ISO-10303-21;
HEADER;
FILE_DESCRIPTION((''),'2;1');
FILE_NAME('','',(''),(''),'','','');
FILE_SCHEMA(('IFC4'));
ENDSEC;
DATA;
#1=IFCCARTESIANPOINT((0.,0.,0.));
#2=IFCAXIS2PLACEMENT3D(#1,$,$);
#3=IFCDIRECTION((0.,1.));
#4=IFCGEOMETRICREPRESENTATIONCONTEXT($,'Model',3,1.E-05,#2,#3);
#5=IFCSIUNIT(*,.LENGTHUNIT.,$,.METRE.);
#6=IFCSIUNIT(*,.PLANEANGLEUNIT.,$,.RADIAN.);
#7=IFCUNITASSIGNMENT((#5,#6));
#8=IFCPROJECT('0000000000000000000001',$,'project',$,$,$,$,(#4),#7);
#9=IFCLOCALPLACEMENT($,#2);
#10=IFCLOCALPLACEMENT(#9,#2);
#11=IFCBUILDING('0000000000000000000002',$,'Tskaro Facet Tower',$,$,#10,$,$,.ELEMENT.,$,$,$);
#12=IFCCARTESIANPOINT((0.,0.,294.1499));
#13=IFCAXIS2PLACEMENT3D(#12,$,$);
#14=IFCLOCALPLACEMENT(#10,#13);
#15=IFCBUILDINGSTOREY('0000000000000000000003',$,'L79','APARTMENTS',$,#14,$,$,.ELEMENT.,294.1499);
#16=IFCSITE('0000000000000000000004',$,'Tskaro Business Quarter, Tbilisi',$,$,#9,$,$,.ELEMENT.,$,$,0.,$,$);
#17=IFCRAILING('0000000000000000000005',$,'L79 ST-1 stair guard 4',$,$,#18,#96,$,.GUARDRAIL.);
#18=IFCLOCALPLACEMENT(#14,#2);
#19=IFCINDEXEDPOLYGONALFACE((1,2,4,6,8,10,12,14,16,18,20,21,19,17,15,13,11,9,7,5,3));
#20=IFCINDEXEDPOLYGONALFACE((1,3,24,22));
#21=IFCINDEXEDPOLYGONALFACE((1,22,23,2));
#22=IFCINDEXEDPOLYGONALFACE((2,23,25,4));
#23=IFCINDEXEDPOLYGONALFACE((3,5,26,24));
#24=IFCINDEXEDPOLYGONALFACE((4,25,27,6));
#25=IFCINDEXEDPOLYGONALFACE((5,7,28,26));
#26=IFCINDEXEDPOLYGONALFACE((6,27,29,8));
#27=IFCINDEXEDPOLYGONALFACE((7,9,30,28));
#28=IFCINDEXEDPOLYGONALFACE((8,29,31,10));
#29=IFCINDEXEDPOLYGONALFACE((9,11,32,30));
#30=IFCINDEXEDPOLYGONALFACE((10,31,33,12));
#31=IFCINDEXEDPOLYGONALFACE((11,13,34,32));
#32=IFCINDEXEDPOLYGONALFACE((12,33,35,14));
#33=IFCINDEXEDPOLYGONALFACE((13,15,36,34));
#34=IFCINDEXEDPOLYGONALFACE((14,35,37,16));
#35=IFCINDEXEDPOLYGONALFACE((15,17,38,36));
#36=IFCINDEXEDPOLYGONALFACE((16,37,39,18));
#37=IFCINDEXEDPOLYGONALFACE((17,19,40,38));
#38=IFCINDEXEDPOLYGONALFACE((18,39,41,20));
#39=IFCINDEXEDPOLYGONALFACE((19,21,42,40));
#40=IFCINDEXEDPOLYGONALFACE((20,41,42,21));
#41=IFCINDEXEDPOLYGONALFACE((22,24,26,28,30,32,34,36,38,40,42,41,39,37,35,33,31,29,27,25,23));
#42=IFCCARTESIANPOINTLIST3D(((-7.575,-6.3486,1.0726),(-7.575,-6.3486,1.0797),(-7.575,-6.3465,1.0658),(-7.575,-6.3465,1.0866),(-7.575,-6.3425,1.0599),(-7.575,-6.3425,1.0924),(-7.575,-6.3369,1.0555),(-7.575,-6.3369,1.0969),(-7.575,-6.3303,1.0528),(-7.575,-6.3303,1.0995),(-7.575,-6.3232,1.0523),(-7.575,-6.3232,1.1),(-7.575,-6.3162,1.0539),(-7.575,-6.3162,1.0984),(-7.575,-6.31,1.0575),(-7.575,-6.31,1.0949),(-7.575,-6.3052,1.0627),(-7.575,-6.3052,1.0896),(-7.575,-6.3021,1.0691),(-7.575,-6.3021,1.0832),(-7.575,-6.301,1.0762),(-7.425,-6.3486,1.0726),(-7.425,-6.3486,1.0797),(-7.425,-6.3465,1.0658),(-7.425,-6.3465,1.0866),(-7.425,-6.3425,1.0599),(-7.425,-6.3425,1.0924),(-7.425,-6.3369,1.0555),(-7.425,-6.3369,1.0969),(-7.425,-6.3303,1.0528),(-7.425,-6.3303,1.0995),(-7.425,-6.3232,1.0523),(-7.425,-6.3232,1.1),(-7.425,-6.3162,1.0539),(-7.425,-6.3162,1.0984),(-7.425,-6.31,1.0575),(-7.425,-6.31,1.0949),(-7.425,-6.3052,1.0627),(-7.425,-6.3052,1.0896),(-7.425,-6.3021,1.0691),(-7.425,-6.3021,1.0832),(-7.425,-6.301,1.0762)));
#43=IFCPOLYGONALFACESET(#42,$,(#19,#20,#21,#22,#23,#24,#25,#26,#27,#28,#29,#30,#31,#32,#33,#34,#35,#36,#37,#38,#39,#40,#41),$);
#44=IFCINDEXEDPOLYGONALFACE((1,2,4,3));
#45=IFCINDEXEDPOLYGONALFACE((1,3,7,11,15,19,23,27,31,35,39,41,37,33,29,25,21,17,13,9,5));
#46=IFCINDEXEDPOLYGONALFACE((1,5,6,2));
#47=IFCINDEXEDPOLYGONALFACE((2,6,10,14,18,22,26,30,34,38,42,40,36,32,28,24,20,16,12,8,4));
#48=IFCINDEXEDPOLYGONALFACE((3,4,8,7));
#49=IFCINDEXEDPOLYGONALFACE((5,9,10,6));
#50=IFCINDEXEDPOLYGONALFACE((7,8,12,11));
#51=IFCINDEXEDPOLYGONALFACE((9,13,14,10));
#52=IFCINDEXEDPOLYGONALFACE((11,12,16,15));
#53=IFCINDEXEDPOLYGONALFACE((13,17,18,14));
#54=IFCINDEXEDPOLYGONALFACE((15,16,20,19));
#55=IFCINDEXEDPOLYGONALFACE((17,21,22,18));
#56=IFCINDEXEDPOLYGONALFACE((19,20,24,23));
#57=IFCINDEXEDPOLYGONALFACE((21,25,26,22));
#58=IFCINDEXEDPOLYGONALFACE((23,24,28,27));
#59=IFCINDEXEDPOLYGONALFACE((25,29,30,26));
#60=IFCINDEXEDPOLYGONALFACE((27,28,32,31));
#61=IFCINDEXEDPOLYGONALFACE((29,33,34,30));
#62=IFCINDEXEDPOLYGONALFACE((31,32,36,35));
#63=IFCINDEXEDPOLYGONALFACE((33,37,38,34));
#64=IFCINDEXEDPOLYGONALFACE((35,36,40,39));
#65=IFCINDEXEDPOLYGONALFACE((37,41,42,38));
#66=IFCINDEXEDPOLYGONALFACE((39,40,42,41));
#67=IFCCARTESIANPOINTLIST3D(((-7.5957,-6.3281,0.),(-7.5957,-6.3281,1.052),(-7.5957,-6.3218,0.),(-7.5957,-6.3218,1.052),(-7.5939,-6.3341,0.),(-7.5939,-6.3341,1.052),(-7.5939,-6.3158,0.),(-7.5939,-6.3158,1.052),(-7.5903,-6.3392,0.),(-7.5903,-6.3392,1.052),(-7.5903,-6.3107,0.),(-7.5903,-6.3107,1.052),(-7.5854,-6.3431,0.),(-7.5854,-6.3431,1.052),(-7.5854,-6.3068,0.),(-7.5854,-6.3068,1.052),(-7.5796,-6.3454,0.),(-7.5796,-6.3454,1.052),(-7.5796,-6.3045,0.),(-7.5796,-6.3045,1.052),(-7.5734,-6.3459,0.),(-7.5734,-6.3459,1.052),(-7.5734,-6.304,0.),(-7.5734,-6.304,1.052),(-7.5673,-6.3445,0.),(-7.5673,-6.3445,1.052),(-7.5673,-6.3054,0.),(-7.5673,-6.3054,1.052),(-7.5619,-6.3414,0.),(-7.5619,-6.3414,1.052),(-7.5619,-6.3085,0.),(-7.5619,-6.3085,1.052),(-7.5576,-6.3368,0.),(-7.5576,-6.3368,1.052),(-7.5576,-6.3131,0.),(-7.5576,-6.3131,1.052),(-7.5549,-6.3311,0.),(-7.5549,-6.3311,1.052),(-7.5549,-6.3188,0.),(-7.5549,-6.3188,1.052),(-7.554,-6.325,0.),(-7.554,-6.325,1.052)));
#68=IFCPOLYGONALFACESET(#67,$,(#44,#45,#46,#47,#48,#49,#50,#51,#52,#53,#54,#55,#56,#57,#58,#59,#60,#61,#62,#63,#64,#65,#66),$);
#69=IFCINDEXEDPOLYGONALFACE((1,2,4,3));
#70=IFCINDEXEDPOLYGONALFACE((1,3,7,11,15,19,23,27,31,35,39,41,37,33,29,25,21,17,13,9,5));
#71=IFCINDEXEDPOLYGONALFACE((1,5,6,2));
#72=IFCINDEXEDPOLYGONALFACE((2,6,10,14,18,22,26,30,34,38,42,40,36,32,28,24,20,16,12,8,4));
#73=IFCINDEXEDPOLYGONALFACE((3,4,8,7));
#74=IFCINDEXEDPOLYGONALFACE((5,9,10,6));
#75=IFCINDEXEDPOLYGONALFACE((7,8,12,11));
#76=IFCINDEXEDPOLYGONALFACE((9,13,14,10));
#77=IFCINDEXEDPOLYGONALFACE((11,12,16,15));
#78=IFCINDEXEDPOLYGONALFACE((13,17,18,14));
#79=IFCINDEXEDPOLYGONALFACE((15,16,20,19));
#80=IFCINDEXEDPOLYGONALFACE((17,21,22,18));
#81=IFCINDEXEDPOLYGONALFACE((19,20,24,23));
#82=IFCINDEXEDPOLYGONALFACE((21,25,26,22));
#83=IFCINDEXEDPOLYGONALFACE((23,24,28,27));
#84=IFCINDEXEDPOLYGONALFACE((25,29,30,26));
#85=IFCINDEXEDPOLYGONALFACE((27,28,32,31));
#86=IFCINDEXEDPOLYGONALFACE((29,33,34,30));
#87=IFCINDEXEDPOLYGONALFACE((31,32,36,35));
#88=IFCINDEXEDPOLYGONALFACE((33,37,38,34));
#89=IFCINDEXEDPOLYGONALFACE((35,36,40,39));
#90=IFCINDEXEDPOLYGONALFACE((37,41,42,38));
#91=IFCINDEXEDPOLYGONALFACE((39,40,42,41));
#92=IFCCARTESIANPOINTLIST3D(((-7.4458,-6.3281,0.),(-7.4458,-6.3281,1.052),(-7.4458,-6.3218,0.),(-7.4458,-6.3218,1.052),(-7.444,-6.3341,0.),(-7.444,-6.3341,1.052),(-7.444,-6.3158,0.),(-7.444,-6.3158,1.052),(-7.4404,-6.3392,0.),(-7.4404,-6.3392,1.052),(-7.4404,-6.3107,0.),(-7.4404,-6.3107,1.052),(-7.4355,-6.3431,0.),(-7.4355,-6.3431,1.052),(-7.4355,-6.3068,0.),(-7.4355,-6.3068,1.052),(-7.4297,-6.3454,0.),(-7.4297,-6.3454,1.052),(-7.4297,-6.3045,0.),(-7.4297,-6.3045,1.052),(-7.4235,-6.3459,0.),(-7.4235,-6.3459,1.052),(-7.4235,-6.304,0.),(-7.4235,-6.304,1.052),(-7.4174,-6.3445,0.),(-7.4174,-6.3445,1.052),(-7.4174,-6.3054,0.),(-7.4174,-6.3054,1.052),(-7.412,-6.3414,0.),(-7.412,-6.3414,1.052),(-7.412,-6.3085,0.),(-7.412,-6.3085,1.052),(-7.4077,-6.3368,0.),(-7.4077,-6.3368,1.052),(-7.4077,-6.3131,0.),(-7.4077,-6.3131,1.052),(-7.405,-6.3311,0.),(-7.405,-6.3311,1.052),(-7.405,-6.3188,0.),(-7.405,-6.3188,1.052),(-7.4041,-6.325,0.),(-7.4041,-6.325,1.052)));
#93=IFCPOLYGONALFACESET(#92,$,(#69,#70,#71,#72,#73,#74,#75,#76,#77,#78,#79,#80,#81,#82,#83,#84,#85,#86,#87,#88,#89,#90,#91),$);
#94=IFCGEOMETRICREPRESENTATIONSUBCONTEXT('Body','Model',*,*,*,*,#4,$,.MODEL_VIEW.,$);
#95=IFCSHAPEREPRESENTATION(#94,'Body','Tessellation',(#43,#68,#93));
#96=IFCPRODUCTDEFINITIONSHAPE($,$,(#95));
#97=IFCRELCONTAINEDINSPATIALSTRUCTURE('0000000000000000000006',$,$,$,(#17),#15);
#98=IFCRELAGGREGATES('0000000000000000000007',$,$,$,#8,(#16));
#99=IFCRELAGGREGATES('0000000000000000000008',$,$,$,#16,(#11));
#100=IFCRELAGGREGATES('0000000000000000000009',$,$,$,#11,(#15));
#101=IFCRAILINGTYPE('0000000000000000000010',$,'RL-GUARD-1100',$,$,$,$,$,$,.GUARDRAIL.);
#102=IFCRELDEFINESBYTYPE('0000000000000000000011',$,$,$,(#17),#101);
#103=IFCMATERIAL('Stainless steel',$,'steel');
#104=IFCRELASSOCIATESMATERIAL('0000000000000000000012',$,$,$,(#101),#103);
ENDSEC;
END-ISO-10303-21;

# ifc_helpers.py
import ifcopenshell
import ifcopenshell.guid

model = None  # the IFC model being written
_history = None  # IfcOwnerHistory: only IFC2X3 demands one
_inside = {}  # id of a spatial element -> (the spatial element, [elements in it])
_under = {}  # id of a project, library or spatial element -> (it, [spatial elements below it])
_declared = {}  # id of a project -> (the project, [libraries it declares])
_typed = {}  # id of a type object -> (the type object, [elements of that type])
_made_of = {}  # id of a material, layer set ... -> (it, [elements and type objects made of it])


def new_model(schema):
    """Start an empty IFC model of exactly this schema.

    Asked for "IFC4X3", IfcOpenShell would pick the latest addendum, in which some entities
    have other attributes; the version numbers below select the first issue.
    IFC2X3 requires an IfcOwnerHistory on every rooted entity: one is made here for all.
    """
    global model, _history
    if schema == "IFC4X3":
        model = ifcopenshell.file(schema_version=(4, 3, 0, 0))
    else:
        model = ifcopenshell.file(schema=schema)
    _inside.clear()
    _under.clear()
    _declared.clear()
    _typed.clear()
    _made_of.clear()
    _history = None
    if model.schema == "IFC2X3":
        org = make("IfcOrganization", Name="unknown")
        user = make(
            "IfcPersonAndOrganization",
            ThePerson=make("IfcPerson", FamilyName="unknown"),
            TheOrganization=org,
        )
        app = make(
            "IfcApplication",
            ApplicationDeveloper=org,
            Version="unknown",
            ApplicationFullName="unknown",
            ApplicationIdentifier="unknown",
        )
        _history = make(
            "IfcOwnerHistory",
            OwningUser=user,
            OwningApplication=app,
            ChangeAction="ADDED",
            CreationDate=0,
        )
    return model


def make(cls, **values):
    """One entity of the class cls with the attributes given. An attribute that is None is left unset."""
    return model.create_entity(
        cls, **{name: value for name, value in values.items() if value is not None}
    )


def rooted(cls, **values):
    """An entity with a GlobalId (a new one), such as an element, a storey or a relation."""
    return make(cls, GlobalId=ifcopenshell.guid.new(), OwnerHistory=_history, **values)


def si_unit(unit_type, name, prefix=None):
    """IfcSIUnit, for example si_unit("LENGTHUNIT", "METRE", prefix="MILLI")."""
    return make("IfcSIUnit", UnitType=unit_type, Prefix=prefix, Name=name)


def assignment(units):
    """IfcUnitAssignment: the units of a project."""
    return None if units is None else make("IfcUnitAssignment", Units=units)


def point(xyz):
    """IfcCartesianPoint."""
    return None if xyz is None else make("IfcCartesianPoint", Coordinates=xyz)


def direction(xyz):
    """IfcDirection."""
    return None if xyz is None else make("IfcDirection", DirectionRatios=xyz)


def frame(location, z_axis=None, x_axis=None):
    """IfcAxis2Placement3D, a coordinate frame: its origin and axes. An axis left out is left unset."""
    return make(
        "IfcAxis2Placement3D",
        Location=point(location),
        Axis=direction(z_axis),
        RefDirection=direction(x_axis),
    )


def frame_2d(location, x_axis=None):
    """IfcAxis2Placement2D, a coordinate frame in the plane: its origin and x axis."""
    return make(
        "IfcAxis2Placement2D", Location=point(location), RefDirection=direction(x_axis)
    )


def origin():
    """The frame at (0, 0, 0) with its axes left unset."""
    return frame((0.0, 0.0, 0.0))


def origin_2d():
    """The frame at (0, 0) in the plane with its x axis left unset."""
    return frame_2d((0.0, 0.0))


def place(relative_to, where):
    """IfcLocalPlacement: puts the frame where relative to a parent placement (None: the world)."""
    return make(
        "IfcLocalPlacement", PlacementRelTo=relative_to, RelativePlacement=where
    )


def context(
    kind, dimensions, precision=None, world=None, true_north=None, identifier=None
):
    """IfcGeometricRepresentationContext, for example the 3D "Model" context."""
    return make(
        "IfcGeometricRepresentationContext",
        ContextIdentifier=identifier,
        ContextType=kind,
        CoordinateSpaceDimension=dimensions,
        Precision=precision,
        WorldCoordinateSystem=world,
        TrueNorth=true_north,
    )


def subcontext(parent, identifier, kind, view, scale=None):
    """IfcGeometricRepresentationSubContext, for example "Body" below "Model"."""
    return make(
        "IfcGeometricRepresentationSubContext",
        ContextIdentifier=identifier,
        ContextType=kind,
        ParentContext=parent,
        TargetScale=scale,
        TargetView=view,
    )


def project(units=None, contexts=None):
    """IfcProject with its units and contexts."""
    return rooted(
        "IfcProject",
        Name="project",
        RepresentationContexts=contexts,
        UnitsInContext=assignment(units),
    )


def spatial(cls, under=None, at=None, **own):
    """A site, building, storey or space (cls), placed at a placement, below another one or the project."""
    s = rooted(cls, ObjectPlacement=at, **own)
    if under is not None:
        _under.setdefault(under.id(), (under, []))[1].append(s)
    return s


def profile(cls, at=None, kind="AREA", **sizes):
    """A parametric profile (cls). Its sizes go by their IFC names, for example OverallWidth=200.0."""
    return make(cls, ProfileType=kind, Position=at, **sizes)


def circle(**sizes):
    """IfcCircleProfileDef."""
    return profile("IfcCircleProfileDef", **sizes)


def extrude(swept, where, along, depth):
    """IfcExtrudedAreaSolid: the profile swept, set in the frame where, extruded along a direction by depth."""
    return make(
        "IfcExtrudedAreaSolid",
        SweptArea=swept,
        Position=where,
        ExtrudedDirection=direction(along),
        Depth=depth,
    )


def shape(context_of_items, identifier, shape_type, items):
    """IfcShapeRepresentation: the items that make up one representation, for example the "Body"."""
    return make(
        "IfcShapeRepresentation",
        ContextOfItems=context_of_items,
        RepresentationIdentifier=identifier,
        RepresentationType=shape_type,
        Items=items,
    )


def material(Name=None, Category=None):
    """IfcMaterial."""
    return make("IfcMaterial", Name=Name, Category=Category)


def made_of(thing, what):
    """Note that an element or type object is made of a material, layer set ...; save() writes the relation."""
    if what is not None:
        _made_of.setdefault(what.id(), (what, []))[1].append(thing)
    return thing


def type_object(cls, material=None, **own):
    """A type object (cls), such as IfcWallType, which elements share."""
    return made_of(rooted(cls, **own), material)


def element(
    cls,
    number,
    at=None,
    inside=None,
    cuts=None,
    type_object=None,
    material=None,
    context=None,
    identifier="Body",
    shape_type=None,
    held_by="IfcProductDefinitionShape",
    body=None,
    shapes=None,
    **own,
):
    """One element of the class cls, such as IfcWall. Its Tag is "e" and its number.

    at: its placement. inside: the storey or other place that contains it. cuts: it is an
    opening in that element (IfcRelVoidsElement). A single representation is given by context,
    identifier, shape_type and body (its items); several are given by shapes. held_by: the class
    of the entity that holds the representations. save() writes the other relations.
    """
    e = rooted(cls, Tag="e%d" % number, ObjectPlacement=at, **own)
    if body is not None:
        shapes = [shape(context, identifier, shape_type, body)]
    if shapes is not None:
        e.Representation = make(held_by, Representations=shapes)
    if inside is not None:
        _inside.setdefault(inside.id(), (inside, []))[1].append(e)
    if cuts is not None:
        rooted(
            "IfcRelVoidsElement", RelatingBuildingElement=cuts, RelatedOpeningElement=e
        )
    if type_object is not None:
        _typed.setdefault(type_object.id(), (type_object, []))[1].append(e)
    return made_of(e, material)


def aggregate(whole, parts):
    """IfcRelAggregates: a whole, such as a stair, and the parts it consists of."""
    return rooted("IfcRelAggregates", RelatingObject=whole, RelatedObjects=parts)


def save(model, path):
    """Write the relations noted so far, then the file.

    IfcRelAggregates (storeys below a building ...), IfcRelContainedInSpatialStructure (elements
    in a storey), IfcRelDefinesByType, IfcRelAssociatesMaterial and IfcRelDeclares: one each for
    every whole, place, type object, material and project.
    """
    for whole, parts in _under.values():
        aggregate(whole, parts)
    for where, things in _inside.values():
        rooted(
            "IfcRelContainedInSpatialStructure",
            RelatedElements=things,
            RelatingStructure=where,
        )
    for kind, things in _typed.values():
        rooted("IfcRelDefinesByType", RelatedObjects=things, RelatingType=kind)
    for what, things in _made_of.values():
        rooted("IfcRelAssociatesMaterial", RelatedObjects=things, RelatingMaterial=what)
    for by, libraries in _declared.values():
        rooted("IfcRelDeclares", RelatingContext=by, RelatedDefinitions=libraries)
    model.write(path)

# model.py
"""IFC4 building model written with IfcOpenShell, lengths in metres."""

from ifc_helpers import new_model, si_unit, direction, frame, origin, origin_2d, place, context, subcontext, project, spatial, circle, extrude, material, type_object, element, save


model = new_model("IFC4")

# Units and contexts
model_context = context("Model", 3, precision=1e-05, world=origin(), true_north=direction((0.0, 1.0)))
body_context = subcontext(model_context, "Body", "Model", "MODEL_VIEW")
ifc_project = project(units=[si_unit("LENGTHUNIT", "METRE"), si_unit("PLANEANGLEUNIT", "RADIAN")], contexts=[model_context])

# Site, building, storey
site_placement = place(None, origin())
site = spatial("IfcSite", under=ifc_project, at=site_placement, Name="Tskaro Business Quarter, Tbilisi", CompositionType="ELEMENT", RefElevation=0.0)
building_placement = place(site_placement, origin())
building = spatial("IfcBuilding", under=site, at=building_placement, Name="Tskaro Facet Tower", CompositionType="ELEMENT")
storey_placement = place(building_placement, frame((0.0, 0.0, 294.1499)))
storey = spatial("IfcBuildingStorey", under=building, at=storey_placement, Name="L79", Description="APARTMENTS", CompositionType="ELEMENT", Elevation=294.1499)

# Shared definitions
ifc_material_1 = material(Name="Stainless steel", Category="steel")

# Railing
railing_type_1 = type_object("IfcRailingType", Name="RL-GUARD-1100", PredefinedType="GUARDRAIL", material=ifc_material_1)
railing_1_placement = place(storey_placement, frame((-7.575, -6.325, 0.0)))
element("IfcRailing", 1, at=railing_1_placement, inside=storey, type_object=railing_type_1, Name="L79 ST-1 stair guard 4", PredefinedType="GUARDRAIL", context=body_context, shape_type="SweptSolid", body=[
    extrude(circle(Radius=0.0239, at=origin_2d()), frame((0.0, 0.0, 1.0762), z_axis=(1.0, 0.0, 0.0), x_axis=(0.0, 1.0, 0.0)), (0.0, 0.0, 1.0), 0.1499),
    extrude(circle(Radius=0.021, at=origin_2d()), origin(), (0.0, 0.0, 1.0), 1.052),
    extrude(circle(Radius=0.021, at=origin_2d()), frame((0.1499, 0.0, 0.0)), (0.0, 0.0, 1.0), 1.052),
])

save(model, "model.ifc")
